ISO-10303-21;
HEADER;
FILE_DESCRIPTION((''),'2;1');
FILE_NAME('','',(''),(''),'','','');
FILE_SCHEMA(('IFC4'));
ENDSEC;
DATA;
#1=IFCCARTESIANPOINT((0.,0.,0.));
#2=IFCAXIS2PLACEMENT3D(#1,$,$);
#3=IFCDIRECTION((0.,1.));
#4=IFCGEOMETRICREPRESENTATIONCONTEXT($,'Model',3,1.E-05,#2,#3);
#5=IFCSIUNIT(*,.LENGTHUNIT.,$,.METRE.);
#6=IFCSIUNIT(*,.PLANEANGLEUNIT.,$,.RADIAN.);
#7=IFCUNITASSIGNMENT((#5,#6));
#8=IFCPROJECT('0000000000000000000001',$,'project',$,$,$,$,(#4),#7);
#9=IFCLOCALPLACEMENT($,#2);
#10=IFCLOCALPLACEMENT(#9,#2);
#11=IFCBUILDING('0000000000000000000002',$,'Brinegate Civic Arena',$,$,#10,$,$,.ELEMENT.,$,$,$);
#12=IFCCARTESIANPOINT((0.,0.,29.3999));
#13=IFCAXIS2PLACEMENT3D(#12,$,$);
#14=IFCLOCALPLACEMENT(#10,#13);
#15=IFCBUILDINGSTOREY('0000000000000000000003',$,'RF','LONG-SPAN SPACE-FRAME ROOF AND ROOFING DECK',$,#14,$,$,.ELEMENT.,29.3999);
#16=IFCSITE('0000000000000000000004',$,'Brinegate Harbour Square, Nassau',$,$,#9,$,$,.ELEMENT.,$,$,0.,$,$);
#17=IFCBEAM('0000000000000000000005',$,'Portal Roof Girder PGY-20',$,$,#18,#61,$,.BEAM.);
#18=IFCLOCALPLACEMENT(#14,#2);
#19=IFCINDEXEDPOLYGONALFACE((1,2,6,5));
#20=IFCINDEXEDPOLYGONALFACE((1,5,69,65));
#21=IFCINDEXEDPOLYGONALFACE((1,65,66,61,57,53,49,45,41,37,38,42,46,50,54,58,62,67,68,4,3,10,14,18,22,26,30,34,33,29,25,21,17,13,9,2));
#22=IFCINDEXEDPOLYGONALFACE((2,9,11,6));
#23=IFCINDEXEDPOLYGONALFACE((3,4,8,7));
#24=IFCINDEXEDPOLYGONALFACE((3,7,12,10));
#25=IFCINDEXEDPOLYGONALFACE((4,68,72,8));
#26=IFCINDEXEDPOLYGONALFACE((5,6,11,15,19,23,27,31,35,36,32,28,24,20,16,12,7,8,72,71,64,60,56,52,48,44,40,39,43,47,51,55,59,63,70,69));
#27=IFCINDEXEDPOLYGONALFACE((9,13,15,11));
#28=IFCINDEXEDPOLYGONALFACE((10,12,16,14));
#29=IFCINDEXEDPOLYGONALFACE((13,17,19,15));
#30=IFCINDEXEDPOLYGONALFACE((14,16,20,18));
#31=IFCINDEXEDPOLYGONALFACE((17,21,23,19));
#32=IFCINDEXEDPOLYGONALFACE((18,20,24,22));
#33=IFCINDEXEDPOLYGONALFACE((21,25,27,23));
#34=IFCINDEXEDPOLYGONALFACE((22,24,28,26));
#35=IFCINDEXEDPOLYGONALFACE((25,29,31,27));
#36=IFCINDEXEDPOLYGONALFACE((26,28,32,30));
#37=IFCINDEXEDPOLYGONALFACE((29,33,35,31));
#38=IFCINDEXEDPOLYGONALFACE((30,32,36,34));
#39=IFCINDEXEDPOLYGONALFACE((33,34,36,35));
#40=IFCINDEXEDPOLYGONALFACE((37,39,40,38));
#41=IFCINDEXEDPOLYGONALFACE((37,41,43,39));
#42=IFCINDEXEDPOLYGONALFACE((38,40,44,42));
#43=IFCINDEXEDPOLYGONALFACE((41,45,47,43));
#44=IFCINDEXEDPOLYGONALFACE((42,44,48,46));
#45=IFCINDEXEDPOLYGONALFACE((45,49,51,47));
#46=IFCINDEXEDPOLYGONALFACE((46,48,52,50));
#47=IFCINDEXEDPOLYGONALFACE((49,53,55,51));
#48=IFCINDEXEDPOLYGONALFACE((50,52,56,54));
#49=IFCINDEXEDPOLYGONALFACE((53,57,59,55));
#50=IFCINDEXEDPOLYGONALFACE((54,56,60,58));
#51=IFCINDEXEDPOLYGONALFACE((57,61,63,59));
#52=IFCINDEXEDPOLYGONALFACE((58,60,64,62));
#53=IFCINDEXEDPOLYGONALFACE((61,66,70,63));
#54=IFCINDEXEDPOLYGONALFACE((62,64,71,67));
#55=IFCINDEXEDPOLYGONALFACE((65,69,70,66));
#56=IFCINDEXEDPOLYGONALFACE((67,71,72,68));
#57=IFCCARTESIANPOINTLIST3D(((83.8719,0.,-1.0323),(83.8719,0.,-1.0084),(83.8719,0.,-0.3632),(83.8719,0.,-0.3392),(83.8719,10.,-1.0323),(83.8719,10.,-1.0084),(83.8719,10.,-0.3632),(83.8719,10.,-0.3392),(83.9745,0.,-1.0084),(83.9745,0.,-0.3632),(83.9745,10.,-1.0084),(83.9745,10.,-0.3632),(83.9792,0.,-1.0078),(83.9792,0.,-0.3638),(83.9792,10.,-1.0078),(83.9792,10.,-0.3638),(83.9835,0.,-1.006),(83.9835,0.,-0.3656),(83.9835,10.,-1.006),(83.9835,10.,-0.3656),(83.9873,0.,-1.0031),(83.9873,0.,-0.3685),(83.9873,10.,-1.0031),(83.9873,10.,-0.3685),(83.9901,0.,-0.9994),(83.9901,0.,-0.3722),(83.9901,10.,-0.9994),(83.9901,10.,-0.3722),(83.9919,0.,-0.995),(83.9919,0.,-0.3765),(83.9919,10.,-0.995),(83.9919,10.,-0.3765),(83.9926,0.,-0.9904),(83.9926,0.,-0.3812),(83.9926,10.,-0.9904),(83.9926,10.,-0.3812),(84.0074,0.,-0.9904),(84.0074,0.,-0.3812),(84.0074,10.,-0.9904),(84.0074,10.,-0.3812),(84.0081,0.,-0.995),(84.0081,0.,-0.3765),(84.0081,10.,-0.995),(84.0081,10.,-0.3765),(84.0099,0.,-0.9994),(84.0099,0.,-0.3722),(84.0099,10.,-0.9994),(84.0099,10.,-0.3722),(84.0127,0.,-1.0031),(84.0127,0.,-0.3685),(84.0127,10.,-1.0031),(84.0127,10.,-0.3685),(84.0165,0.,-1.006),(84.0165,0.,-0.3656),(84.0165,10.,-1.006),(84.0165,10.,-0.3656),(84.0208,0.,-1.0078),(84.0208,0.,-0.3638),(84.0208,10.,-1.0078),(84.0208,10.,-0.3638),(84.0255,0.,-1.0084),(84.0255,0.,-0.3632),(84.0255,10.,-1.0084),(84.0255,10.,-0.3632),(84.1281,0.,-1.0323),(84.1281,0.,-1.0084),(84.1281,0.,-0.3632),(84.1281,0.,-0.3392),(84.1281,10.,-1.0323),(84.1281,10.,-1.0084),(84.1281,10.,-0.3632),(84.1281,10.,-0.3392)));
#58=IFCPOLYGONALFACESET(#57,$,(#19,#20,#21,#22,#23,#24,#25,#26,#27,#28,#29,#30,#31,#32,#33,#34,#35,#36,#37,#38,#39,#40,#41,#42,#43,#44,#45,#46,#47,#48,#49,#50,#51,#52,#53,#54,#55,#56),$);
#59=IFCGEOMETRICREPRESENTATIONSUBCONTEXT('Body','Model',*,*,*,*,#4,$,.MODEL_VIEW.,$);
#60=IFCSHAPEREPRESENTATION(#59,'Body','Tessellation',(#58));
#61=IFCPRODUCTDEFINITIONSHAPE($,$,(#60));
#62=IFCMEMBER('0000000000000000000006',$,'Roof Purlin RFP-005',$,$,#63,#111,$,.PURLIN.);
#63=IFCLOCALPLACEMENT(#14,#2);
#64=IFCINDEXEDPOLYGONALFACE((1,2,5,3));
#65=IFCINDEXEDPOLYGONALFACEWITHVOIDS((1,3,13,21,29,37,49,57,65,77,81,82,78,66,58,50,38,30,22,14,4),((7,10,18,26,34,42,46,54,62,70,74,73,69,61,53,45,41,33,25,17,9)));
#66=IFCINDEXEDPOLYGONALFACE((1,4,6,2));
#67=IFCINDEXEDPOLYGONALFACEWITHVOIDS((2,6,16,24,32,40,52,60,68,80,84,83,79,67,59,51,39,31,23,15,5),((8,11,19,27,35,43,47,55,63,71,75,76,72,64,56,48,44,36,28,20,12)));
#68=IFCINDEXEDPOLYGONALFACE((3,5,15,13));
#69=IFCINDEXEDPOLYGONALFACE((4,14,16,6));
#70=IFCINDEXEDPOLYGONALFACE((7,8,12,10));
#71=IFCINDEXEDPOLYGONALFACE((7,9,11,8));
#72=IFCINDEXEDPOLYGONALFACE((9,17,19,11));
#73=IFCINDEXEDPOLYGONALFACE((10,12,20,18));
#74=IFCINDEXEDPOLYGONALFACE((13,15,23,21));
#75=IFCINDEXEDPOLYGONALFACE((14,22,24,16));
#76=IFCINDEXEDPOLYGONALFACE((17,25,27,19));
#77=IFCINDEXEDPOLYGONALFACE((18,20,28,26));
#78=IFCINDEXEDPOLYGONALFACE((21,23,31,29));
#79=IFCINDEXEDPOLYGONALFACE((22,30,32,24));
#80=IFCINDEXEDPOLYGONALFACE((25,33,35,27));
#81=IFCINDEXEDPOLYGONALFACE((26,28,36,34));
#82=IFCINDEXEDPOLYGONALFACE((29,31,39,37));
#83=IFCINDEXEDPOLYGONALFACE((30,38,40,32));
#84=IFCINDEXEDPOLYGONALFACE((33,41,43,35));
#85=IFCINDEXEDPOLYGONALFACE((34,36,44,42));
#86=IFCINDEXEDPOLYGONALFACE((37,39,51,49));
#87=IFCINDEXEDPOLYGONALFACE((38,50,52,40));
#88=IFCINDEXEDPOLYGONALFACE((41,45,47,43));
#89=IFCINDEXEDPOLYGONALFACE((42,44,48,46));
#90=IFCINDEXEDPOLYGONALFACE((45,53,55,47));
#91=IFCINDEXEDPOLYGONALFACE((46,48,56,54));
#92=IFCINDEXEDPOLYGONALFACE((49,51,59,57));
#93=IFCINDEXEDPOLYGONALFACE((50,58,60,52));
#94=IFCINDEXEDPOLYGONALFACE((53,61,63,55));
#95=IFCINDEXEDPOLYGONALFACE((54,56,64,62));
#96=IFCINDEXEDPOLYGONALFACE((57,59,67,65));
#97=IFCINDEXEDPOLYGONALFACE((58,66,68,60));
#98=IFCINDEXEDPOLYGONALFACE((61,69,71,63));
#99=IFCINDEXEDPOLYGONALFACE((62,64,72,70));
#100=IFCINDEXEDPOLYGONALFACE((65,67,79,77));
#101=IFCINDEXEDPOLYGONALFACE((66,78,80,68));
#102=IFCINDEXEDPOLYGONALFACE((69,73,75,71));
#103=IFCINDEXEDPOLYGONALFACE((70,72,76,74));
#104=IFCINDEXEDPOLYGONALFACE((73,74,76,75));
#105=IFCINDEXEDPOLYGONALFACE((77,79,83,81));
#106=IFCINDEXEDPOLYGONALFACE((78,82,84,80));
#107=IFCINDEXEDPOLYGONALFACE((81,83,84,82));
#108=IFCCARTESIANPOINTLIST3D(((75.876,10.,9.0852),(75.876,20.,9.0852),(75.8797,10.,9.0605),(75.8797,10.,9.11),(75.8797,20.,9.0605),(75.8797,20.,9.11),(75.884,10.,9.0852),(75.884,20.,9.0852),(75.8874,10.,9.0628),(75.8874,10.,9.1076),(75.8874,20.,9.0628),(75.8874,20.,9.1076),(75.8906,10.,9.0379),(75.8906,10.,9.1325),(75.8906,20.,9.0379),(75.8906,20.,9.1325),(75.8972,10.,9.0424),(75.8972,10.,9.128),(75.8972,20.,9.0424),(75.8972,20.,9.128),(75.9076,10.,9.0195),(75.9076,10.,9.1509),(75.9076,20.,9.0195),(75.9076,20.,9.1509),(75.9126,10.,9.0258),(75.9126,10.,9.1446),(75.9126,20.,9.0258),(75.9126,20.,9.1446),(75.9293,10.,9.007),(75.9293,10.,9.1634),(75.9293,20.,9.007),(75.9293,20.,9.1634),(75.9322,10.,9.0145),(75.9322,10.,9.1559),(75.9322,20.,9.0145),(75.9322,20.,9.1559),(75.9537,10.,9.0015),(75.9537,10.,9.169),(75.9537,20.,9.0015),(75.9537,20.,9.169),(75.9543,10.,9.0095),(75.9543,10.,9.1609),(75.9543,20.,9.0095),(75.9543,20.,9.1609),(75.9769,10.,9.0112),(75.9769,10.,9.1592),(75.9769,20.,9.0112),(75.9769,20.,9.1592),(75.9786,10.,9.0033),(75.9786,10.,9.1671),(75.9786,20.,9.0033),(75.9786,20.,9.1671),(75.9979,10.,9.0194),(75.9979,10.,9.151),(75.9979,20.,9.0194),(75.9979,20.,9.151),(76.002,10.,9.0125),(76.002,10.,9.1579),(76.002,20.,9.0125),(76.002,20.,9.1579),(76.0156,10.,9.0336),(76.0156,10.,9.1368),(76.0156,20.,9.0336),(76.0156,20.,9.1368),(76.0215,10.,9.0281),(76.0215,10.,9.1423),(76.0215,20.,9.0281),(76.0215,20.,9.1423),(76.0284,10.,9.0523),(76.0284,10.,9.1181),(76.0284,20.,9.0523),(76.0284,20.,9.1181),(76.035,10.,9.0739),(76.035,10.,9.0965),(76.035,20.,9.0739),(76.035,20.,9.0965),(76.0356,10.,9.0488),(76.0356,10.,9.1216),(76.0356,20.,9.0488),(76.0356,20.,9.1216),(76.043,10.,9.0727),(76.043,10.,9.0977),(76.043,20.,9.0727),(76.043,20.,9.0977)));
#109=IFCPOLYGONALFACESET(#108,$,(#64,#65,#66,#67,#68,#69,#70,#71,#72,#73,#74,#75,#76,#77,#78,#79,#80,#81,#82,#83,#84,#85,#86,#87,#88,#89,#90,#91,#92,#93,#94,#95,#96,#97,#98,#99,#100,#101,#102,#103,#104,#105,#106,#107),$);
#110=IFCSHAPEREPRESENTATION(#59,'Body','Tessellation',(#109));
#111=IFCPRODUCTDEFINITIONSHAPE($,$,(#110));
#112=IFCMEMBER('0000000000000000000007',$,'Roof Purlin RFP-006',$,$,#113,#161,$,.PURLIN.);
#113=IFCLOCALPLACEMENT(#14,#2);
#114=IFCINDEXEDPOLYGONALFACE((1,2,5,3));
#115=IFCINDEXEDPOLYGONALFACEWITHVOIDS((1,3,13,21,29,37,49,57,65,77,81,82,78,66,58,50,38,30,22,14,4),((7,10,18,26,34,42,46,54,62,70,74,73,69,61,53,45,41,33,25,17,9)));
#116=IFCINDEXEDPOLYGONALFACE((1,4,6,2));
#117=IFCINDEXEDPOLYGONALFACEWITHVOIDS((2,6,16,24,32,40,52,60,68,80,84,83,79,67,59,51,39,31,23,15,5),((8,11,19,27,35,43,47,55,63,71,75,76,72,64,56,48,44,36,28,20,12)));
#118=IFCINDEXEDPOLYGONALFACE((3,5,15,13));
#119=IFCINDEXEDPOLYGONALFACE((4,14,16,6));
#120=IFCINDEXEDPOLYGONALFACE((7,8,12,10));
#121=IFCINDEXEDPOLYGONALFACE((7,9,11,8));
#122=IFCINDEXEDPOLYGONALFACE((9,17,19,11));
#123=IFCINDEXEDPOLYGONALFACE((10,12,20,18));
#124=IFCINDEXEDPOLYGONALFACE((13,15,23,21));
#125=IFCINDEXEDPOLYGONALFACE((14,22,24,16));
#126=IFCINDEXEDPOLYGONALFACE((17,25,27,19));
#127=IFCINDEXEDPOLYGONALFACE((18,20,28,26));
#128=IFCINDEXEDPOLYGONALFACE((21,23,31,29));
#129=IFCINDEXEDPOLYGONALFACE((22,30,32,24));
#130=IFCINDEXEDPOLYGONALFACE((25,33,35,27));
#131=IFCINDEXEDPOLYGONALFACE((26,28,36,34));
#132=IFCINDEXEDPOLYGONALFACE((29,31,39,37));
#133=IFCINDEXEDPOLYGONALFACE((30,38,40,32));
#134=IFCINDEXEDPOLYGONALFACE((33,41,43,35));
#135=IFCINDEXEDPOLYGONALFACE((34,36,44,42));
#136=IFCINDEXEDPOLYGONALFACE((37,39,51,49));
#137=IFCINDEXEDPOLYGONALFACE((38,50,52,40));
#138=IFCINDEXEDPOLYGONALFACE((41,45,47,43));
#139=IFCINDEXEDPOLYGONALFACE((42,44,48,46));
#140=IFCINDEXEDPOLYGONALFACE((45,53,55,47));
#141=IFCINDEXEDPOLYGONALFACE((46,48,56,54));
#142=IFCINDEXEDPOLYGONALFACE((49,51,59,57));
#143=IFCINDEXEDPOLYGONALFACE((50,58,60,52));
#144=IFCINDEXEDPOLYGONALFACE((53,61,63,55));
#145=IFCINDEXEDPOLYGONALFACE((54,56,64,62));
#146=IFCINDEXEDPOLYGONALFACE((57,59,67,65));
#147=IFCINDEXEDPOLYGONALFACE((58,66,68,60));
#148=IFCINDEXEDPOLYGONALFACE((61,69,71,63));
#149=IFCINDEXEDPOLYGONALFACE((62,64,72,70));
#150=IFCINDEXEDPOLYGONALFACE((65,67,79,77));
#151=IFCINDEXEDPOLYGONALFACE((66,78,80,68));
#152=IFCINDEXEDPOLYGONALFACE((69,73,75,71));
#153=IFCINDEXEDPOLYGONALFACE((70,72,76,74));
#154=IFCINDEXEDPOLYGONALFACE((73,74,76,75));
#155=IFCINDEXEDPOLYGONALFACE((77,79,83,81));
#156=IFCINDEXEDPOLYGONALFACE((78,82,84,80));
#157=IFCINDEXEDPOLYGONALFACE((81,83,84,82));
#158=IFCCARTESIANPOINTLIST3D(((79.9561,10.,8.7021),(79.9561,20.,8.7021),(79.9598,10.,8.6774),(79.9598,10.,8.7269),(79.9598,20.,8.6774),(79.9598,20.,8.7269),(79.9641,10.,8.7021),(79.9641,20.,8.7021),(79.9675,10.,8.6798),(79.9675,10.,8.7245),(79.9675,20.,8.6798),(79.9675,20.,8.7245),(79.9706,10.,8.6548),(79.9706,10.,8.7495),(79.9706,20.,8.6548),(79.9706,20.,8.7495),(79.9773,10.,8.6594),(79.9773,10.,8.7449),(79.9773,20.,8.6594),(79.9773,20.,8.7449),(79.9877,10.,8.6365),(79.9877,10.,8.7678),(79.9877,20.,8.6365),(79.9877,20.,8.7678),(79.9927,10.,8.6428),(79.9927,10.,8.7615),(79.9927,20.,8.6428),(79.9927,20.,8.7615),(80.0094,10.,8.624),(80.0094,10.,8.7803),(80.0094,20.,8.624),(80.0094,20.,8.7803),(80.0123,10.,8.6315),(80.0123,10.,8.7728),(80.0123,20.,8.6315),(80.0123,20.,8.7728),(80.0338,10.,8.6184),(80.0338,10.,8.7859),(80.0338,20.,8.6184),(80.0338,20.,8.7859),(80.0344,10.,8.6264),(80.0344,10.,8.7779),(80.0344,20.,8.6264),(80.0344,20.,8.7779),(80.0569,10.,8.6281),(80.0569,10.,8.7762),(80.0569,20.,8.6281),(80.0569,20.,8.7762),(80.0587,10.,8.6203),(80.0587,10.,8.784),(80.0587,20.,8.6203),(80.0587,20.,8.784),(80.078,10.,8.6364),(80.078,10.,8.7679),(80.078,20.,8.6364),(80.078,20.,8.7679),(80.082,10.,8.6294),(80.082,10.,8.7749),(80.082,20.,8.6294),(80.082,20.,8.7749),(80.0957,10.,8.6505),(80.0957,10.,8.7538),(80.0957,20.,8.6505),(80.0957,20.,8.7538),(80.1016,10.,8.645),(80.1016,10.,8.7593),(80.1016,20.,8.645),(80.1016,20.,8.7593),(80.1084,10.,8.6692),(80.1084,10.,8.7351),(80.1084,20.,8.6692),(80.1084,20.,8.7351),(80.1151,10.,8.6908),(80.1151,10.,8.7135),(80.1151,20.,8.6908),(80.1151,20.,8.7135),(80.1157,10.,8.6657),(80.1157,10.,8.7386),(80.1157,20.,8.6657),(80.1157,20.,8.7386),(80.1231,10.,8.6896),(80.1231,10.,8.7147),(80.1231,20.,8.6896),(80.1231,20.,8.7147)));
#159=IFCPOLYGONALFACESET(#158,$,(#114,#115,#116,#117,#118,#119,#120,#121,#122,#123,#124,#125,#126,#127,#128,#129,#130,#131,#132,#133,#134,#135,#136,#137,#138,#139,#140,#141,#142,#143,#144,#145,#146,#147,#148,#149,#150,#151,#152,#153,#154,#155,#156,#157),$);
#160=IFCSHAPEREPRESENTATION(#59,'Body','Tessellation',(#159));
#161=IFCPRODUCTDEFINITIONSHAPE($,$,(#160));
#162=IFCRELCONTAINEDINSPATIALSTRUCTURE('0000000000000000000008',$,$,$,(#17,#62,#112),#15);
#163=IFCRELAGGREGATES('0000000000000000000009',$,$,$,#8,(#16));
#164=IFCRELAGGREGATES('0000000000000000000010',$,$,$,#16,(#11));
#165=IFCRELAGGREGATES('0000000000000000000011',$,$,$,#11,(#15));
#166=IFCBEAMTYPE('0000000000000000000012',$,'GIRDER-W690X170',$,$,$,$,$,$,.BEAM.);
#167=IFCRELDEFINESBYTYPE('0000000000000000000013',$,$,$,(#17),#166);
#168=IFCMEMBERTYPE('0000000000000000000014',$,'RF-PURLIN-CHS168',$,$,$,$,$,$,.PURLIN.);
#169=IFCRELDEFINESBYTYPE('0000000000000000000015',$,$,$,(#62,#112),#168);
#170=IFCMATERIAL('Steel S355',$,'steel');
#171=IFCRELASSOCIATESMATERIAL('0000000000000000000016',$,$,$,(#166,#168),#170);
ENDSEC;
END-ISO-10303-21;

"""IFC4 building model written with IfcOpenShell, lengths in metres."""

from ifc_helpers import new_model, si_unit, direction, frame, origin, origin_2d, place, context, subcontext, project, spatial, hollow_circle, i_section, extrude, material, material_profile, profile_set, type_object, element, save


model = new_model("IFC4")

# Units and contexts
model_context = context("Model", 3, precision=1e-05, world=origin(), true_north=direction((0.0, 1.0)))
body_context = subcontext(model_context, "Body", "Model", "MODEL_VIEW")
ifc_project = project(units=[si_unit("LENGTHUNIT", "METRE"), si_unit("PLANEANGLEUNIT", "RADIAN")], contexts=[model_context])

# Site, building, storey
site_placement = place(None, origin())
site = spatial("IfcSite", under=ifc_project, at=site_placement, Name="Brinegate Harbour Square, Nassau", CompositionType="ELEMENT", RefElevation=0.0)
building_placement = place(site_placement, origin())
building = spatial("IfcBuilding", under=site, at=building_placement, Name="Brinegate Civic Arena", CompositionType="ELEMENT")
storey_placement = place(building_placement, frame((0.0, 0.0, 29.3999)))
storey = spatial("IfcBuildingStorey", under=building, at=storey_placement, Name="RF", Description="LONG-SPAN SPACE-FRAME ROOF AND ROOFING DECK", CompositionType="ELEMENT", Elevation=29.3999)

# Beam
ifc_material_1 = material(Name="Steel S355", Category="steel")
ifc_material_profile_1 = material_profile(ifc_material_1, i_section(OverallWidth=0.2561, OverallDepth=0.6931, WebThickness=0.0149, FlangeThickness=0.0239, FilletRadius=0.0181, at=origin_2d()), Name="W690X170")
ifc_profile_set_1 = profile_set([ifc_material_profile_1], Name="Steel S355")
beam_type_1 = type_object("IfcBeamType", Name="GIRDER-W690X170", PredefinedType="BEAM", material=ifc_profile_set_1)
beam_1_placement = place(storey_placement, frame((84.0, 0.0, -0.6858), z_axis=(0.0, 1.0, 0.0), x_axis=(-1.0, 0.0, 0.0)))
element("IfcBeam", 1, at=beam_1_placement, inside=storey, type_object=beam_type_1, Name="Portal Roof Girder PGY-20", PredefinedType="BEAM", context=body_context, shape_type="SweptSolid", body=[
    extrude(i_section(OverallWidth=0.2561, OverallDepth=0.6931, WebThickness=0.0149, FlangeThickness=0.0239, FilletRadius=0.0181, at=origin_2d()), origin(), (0.0, 0.0, 1.0), 10.0),
])

# Members
ifc_material_profile_2 = material_profile(ifc_material_1, hollow_circle(Radius=0.084, WallThickness=0.0081, at=origin_2d()), Name="CHS168X8")
ifc_profile_set_2 = profile_set([ifc_material_profile_2], Name="Steel S355")
member_type_1 = type_object("IfcMemberType", Name="RF-PURLIN-CHS168", PredefinedType="PURLIN", material=ifc_profile_set_2)
for number, where, z_axis, x_axis, name in (
    (2, (75.96, 10.0, 9.0852), (0.0, 1.0, 0.0), (-1.0, 0.0, 0.0), "Roof Purlin RFP-005"),
    (3, (80.04, 10.0, 8.7021), (0.0, 1.0, 0.0), (-1.0, 0.0, 0.0), "Roof Purlin RFP-006"),
):
    element("IfcMember", number, at=place(storey_placement, frame(where, z_axis=z_axis, x_axis=x_axis)), inside=storey, type_object=member_type_1, Name=name, PredefinedType="PURLIN", context=body_context, shape_type="SweptSolid", body=[
        extrude(hollow_circle(Radius=0.084, WallThickness=0.0081, at=origin_2d()), origin(), (0.0, 0.0, 1.0), 10.0),
    ])

save(model, "model.ifc")
